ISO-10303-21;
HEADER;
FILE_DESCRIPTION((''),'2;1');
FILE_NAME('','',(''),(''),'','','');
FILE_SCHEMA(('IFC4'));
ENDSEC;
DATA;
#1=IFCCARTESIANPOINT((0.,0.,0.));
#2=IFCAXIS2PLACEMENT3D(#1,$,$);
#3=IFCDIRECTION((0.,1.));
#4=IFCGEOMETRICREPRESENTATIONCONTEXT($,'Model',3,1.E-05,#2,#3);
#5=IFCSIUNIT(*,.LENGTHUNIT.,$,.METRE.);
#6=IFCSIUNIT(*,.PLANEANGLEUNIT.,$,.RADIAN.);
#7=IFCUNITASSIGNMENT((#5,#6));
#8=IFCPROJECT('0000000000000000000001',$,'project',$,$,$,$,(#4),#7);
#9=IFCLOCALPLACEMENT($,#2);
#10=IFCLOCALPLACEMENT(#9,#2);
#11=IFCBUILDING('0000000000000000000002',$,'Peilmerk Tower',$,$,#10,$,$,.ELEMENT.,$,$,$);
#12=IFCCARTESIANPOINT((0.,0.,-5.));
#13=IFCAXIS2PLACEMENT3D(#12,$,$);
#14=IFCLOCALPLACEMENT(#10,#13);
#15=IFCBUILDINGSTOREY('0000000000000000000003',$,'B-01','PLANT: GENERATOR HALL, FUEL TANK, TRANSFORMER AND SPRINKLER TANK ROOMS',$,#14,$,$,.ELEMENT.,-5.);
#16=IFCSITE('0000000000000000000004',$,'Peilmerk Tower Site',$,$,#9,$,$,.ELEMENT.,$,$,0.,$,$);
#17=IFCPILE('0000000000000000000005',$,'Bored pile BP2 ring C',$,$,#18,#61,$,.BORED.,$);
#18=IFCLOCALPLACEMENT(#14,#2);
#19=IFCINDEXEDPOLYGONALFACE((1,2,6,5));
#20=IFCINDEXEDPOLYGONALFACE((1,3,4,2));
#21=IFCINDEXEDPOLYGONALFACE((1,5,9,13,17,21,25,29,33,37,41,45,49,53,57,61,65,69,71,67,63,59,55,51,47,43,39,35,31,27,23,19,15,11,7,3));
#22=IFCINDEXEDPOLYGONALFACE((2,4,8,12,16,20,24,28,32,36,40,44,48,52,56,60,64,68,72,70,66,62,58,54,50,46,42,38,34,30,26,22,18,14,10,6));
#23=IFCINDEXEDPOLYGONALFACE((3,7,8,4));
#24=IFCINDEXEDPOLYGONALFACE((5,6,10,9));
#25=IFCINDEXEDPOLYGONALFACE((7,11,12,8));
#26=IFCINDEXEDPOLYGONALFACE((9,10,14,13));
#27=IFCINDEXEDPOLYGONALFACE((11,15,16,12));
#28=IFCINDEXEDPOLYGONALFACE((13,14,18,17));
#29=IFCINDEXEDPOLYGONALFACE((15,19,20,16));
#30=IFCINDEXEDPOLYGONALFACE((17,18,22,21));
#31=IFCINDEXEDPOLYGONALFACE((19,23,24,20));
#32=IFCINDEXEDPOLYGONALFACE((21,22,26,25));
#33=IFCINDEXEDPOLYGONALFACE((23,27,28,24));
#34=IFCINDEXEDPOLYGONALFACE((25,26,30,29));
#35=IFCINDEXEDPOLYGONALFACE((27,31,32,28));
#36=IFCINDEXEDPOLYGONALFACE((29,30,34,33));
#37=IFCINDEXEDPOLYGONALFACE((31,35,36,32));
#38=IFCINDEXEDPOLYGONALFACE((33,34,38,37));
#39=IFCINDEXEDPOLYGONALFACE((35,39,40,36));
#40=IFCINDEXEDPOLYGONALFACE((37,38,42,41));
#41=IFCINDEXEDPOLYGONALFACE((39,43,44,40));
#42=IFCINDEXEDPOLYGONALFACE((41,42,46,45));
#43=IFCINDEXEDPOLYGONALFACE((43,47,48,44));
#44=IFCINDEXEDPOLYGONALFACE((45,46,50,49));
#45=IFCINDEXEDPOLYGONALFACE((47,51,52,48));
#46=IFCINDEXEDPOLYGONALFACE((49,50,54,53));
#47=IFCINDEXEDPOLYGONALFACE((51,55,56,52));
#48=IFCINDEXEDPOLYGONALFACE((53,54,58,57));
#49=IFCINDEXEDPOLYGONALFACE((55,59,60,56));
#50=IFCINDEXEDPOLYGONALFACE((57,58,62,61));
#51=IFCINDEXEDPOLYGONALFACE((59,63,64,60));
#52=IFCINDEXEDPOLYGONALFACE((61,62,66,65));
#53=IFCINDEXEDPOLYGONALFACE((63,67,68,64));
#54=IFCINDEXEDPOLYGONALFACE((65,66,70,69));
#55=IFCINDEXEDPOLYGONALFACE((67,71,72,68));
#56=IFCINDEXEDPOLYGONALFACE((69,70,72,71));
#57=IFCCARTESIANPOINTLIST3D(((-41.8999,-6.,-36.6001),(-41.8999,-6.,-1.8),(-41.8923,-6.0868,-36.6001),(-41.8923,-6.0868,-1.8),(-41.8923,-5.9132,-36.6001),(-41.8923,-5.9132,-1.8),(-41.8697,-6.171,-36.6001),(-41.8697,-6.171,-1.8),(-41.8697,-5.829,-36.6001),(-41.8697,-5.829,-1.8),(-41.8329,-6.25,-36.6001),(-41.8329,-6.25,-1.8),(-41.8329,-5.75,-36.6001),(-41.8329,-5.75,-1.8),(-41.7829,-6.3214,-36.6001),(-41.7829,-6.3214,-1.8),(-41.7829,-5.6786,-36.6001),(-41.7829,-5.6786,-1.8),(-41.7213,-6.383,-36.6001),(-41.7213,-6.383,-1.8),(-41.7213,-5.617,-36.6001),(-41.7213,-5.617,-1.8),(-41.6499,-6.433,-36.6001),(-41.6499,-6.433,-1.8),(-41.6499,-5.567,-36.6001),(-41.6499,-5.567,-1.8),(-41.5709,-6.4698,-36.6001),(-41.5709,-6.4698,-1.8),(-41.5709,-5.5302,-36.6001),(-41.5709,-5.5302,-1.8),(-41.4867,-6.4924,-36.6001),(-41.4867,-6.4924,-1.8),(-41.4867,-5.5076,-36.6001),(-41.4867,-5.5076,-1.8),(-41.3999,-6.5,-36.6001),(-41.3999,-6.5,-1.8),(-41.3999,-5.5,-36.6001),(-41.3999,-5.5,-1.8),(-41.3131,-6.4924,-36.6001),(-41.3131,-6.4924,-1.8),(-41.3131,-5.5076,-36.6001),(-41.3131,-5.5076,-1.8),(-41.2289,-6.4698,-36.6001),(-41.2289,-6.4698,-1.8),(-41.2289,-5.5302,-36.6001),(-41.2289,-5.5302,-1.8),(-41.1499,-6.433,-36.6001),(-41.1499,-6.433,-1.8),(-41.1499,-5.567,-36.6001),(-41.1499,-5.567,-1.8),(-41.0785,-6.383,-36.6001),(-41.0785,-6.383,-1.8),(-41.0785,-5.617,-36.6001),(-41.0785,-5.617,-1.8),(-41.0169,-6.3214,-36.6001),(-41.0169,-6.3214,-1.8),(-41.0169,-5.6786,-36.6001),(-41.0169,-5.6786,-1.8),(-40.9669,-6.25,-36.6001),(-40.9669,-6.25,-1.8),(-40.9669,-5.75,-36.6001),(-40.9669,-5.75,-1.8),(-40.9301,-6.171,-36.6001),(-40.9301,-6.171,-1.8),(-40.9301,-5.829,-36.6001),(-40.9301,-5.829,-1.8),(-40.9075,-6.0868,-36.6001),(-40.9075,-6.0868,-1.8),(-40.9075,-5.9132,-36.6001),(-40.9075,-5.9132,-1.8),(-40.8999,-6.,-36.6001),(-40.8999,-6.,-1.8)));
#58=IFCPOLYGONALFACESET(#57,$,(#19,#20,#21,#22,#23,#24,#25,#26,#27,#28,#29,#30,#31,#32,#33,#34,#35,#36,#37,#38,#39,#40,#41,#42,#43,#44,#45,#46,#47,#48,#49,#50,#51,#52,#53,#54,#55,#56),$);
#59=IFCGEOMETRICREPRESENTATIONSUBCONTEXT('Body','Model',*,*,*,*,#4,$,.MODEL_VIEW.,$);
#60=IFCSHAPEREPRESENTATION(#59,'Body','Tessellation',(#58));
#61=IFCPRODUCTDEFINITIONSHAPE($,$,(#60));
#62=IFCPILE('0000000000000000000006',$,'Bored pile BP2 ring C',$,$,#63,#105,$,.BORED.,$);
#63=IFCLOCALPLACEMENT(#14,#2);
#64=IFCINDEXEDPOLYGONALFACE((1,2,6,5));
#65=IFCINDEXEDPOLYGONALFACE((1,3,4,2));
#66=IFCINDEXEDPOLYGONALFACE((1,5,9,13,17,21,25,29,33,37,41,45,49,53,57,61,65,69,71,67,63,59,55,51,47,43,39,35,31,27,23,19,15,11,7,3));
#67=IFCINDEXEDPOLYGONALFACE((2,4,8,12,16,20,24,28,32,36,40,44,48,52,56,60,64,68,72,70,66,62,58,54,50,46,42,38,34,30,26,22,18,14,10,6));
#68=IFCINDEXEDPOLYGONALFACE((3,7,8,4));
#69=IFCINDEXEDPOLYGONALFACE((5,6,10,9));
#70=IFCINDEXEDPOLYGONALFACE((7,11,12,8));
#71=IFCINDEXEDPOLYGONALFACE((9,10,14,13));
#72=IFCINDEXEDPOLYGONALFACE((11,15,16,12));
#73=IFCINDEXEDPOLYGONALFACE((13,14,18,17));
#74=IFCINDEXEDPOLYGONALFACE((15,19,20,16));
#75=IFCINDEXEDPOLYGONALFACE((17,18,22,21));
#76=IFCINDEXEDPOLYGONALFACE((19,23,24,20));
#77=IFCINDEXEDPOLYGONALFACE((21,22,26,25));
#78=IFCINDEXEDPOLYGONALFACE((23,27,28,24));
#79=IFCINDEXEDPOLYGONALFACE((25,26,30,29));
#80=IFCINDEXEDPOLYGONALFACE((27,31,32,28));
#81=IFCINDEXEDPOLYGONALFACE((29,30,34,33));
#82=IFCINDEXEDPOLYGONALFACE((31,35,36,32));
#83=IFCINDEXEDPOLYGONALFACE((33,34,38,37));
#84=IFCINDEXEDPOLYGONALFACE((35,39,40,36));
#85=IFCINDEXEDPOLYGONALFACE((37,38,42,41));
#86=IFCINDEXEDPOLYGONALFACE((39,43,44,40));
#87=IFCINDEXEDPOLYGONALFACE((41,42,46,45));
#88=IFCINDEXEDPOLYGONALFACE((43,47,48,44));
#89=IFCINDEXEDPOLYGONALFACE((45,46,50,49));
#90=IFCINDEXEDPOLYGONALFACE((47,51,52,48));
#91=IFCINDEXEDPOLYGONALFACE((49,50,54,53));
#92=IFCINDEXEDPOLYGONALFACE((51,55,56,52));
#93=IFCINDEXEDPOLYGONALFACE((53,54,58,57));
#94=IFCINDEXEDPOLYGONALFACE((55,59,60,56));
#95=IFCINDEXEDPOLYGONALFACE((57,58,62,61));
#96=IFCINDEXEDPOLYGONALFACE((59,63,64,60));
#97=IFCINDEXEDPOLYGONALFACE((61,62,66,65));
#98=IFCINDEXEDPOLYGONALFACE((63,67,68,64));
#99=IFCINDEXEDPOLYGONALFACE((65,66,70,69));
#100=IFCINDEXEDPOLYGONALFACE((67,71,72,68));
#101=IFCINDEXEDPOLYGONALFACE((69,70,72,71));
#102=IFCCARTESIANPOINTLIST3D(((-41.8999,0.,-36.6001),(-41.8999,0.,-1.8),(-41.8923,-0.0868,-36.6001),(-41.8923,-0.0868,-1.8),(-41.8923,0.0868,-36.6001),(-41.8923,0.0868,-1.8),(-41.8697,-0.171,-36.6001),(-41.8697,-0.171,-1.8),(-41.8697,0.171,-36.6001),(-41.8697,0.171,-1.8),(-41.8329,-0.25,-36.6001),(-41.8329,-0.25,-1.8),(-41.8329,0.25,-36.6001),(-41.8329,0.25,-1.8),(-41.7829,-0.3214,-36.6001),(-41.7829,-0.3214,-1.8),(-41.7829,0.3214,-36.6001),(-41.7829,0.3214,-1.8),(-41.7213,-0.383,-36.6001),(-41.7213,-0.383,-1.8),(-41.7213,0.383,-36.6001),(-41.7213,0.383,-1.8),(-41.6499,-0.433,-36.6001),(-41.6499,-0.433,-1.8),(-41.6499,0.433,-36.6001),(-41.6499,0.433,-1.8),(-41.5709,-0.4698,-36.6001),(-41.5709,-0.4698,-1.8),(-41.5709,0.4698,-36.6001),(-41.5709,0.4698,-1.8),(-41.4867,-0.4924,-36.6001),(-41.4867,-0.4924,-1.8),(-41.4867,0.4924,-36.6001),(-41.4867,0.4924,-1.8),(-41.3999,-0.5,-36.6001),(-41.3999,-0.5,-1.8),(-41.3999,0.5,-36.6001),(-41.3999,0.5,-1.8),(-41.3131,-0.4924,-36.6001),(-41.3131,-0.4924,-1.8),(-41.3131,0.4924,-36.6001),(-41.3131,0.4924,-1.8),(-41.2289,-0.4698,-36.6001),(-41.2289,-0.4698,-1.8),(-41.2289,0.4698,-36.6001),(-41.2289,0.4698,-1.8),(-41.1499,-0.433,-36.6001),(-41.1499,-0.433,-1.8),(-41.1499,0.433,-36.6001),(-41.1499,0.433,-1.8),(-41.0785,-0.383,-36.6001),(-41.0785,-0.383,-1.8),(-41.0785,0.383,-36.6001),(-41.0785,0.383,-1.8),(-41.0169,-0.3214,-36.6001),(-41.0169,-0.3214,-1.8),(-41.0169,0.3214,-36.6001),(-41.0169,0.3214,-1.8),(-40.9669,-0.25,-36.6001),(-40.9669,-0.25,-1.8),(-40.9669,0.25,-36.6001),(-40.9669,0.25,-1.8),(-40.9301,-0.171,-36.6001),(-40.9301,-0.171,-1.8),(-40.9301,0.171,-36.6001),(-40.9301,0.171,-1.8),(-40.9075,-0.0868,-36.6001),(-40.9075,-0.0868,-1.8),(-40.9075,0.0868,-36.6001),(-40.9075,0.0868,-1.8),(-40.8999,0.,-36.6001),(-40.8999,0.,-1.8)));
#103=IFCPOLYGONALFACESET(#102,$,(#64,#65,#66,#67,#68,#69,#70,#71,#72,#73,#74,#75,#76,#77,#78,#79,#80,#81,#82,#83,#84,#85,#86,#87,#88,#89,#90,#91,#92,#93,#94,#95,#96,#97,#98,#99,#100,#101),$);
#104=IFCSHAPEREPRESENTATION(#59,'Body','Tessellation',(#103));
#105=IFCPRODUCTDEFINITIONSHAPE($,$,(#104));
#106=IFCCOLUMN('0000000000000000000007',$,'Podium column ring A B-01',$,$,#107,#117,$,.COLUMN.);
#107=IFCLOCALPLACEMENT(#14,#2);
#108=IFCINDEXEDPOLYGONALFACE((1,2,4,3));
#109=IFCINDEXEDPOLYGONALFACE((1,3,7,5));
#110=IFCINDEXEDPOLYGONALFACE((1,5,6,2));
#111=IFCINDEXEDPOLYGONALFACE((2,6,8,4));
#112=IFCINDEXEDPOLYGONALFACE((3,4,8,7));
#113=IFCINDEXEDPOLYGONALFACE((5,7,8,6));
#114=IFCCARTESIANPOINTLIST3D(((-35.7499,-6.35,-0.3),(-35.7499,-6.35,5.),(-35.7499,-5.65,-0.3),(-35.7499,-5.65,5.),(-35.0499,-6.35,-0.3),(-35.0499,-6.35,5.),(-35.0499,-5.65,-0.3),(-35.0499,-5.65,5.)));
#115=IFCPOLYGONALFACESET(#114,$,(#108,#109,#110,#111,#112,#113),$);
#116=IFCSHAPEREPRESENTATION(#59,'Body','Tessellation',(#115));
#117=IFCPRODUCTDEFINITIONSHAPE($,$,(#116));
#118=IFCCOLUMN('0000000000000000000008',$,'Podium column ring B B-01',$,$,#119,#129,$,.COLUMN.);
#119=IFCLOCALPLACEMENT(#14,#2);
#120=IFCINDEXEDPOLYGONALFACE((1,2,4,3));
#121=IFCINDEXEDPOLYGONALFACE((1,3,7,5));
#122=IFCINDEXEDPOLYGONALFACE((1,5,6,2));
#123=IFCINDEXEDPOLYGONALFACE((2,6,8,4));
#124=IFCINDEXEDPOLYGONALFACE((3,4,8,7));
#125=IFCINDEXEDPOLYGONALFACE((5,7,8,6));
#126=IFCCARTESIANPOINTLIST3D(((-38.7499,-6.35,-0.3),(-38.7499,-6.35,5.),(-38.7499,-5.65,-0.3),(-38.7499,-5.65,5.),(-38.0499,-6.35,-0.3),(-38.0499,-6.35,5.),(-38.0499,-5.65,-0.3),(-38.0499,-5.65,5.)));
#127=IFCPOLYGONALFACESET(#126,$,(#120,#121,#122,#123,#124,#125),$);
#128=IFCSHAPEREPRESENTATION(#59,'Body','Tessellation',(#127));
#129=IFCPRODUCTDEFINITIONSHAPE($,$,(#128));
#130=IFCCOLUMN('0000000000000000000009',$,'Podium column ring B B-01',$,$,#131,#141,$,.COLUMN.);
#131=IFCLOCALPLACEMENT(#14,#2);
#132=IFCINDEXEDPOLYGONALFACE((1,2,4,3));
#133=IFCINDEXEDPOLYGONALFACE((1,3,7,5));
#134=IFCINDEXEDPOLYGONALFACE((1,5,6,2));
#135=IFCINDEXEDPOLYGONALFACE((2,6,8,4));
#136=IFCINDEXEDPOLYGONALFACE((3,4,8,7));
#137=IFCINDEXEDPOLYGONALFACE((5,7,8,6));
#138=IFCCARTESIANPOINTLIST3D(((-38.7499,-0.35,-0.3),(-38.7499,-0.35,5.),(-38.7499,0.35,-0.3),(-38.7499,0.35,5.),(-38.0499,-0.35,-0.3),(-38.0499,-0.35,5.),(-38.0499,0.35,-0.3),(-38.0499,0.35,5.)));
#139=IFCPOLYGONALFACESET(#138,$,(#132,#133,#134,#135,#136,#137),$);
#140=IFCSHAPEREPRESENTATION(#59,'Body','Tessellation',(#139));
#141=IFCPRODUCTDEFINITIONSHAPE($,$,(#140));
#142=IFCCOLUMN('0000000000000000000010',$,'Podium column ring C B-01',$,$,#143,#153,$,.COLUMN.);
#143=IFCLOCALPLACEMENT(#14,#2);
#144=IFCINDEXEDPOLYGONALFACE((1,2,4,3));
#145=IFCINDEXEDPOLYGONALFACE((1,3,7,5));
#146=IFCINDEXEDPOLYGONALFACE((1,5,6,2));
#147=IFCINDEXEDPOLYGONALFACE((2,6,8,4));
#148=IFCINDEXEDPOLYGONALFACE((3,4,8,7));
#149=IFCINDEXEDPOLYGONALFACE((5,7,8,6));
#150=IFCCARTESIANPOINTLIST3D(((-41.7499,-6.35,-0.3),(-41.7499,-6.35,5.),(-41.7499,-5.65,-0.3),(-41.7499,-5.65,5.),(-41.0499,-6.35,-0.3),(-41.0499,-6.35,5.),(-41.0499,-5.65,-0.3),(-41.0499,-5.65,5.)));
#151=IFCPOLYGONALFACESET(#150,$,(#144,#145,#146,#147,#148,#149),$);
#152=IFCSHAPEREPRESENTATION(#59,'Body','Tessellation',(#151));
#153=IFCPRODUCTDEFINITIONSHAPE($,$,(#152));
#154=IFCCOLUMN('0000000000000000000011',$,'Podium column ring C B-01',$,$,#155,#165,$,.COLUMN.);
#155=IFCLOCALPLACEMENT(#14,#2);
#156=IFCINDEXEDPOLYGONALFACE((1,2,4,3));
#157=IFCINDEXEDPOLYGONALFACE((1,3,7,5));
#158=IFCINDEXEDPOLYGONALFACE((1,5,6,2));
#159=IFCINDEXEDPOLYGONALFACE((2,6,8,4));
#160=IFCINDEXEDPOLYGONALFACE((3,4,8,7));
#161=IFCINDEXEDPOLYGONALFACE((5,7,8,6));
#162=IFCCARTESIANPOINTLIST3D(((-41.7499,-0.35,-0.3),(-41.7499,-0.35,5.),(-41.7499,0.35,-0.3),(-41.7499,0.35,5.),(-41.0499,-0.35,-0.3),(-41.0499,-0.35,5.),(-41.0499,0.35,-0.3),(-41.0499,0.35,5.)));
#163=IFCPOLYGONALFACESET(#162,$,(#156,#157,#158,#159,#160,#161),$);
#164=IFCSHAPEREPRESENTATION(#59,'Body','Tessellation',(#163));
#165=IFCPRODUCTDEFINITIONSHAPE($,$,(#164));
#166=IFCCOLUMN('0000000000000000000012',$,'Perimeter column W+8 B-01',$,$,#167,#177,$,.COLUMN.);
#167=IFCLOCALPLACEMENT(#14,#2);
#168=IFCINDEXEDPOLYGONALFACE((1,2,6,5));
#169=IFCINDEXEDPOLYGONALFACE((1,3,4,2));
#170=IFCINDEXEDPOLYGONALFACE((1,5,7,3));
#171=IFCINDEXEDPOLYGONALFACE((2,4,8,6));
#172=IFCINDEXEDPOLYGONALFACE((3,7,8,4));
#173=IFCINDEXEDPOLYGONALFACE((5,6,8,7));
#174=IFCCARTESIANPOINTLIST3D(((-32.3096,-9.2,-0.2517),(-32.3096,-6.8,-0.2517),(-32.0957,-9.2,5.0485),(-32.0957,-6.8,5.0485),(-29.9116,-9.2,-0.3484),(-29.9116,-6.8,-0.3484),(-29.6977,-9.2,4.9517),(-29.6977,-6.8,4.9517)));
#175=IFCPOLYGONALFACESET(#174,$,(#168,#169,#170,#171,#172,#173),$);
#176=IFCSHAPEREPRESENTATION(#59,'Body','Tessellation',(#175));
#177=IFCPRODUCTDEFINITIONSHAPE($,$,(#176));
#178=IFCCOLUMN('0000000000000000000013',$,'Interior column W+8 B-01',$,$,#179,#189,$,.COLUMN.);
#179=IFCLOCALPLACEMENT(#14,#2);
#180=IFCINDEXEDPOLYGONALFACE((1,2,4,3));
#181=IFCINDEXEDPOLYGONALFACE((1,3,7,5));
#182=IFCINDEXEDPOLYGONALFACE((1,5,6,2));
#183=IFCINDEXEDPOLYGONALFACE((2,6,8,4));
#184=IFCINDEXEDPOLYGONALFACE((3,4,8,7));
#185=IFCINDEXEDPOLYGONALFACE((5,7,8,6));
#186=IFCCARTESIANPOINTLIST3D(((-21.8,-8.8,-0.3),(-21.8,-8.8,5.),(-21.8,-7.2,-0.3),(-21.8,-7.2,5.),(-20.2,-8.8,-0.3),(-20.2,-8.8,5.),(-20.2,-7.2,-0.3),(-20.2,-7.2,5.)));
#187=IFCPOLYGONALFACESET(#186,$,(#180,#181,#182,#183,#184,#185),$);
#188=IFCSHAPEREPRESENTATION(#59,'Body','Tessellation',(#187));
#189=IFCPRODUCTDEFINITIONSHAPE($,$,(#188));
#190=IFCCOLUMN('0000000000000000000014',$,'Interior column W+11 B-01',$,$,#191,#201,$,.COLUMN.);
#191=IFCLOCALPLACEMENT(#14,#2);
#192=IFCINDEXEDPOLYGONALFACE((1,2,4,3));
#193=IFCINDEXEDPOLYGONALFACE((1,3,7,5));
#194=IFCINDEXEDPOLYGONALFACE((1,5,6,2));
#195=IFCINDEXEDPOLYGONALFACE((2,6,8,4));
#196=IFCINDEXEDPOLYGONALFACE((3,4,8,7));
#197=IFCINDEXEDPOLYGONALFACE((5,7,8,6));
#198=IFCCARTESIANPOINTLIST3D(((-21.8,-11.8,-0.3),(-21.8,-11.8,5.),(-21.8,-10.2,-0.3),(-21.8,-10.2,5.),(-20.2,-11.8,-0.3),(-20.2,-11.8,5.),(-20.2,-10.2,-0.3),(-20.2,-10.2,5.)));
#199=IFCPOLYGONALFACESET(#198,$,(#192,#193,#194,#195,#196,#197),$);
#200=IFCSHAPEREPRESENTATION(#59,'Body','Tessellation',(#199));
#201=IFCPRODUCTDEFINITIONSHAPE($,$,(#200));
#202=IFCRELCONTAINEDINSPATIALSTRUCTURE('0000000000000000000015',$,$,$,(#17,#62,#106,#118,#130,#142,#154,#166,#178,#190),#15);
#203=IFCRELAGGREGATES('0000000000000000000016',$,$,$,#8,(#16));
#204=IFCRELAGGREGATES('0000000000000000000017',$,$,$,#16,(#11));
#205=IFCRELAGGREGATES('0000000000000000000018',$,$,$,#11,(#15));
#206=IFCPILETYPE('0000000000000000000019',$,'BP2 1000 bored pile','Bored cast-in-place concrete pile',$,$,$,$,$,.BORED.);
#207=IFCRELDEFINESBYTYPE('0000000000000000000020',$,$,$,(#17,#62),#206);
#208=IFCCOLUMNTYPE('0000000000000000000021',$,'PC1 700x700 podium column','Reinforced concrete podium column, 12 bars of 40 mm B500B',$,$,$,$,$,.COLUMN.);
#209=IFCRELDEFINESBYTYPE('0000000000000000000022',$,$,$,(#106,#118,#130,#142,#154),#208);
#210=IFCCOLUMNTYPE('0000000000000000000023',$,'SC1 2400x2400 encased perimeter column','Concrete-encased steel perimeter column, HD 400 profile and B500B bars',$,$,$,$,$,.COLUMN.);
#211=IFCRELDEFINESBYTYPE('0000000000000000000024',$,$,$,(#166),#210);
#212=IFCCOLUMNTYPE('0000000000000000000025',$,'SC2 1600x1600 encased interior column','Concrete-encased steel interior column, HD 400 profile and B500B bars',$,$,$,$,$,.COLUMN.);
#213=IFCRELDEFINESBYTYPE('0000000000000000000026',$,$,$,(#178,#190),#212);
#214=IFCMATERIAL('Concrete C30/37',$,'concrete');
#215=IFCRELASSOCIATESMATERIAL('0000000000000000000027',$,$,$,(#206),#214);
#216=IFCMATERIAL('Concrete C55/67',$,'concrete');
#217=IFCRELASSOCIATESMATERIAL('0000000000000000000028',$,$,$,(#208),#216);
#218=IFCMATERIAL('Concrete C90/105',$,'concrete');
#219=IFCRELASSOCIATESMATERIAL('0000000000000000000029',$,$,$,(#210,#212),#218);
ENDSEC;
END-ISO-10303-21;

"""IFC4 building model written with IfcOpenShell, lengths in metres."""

from ifc_helpers import new_model, si_unit, direction, frame, origin, origin_2d, place, context, subcontext, project, spatial, rectangle, circle, extrude, material, material_profile, profile_set, type_object, element, save


model = new_model("IFC4")

# Units and contexts
model_context = context("Model", 3, precision=1e-05, world=origin(), true_north=direction((0.0, 1.0)))
body_context = subcontext(model_context, "Body", "Model", "MODEL_VIEW")
ifc_project = project(units=[si_unit("LENGTHUNIT", "METRE"), si_unit("PLANEANGLEUNIT", "RADIAN")], contexts=[model_context])

# Site, building, storey
site_placement = place(None, origin())
site = spatial("IfcSite", under=ifc_project, at=site_placement, Name="Peilmerk Tower Site", CompositionType="ELEMENT", RefElevation=0.0)
building_placement = place(site_placement, origin())
building = spatial("IfcBuilding", under=site, at=building_placement, Name="Peilmerk Tower", CompositionType="ELEMENT")
storey_placement = place(building_placement, frame((0.0, 0.0, -5.0)))
storey = spatial("IfcBuildingStorey", under=building, at=storey_placement, Name="B-01", Description="PLANT: GENERATOR HALL, FUEL TANK, TRANSFORMER AND SPRINKLER TANK ROOMS", CompositionType="ELEMENT", Elevation=-5.0)

# Piles
ifc_material_1 = material(Name="Concrete C30/37", Category="concrete")
ifc_material_profile_1 = material_profile(ifc_material_1, circle(Radius=0.5, at=origin_2d()), Name="BP 1000")
ifc_profile_set_1 = profile_set([ifc_material_profile_1], Name="Concrete C30/37")
pile_type_1 = type_object("IfcPileType", Name="BP2 1000 bored pile", Description="Bored cast-in-place concrete pile", PredefinedType="BORED", material=ifc_profile_set_1)
for number, where, z_axis, x_axis, name in (
    (1, (-41.3999, -6.0, -1.8), (0.0, 0.0, -1.0), (1.0, 0.0, 0.0), "Bored pile BP2 ring C"),
    (2, (-41.3999, 0.0, -1.8), (0.0, 0.0, -1.0), (1.0, 0.0, 0.0), "Bored pile BP2 ring C"),
):
    element("IfcPile", number, at=place(storey_placement, frame(where, z_axis=z_axis, x_axis=x_axis)), inside=storey, type_object=pile_type_1, Name=name, PredefinedType="BORED", context=body_context, shape_type="SweptSolid", body=[
        extrude(circle(Radius=0.5, at=origin_2d()), origin(), (0.0, 0.0, 1.0), 34.8),
    ])

# Columns
ifc_material_2 = material(Name="Concrete C55/67", Category="concrete")
ifc_material_profile_2 = material_profile(ifc_material_2, rectangle(XDim=0.7, YDim=0.7, at=origin_2d()), Name="RC 700x700")
ifc_profile_set_2 = profile_set([ifc_material_profile_2], Name="Concrete C55/67")
column_type_1 = type_object("IfcColumnType", Name="PC1 700x700 podium column", Description="Reinforced concrete podium column, 12 bars of 40 mm B500B", PredefinedType="COLUMN", material=ifc_profile_set_2)
for number, where, z_axis, x_axis, name in (
    (3, (-35.3999, -6.0, -0.3), (0.0, 0.0, 1.0), (1.0, 0.0, 0.0), "Podium column ring A B-01"),
    (4, (-38.3999, -6.0, -0.3), (0.0, 0.0, 1.0), (1.0, 0.0, 0.0), "Podium column ring B B-01"),
    (5, (-38.3999, 0.0, -0.3), (0.0, 0.0, 1.0), (1.0, 0.0, 0.0), "Podium column ring B B-01"),
    (6, (-41.3999, -6.0, -0.3), (0.0, 0.0, 1.0), (1.0, 0.0, 0.0), "Podium column ring C B-01"),
    (7, (-41.3999, 0.0, -0.3), (0.0, 0.0, 1.0), (1.0, 0.0, 0.0), "Podium column ring C B-01"),
):
    element("IfcColumn", number, at=place(storey_placement, frame(where, z_axis=z_axis, x_axis=x_axis)), inside=storey, type_object=column_type_1, Name=name, PredefinedType="COLUMN", context=body_context, shape_type="SweptSolid", body=[
        extrude(rectangle(XDim=0.7, YDim=0.7, at=origin_2d()), origin(), (0.0, 0.0, 1.0), 5.3),
    ])
ifc_material_3 = material(Name="Concrete C90/105", Category="concrete")
ifc_material_profile_3 = material_profile(ifc_material_3, rectangle(XDim=2.3999, YDim=2.3999, at=origin_2d()), Name="RC 2400x2400")
ifc_profile_set_3 = profile_set([ifc_material_profile_3], Name="Concrete C90/105")
column_type_2 = type_object("IfcColumnType", Name="SC1 2400x2400 encased perimeter column", Description="Concrete-encased steel perimeter column, HD 400 profile and B500B bars", PredefinedType="COLUMN", material=ifc_profile_set_3)
column_placement = place(storey_placement, frame((-31.1106, -8.0, -0.3), z_axis=(0.040319, 0.0, 0.999187), x_axis=(0.0, 1.0, 0.0)))
element("IfcColumn", 8, at=column_placement, inside=storey, type_object=column_type_2, Name="Perimeter column W+8 B-01", PredefinedType="COLUMN", context=body_context, shape_type="SweptSolid", body=[
    extrude(rectangle(XDim=2.3999, YDim=2.3999, at=origin_2d()), origin(), (0.0, 0.0, 1.0), 5.3044),
])
ifc_material_profile_4 = material_profile(ifc_material_3, rectangle(XDim=1.6001, YDim=1.6001, at=origin_2d()), Name="RC 1600x1600")
ifc_profile_set_4 = profile_set([ifc_material_profile_4], Name="Concrete C90/105")
column_type_3 = type_object("IfcColumnType", Name="SC2 1600x1600 encased interior column", Description="Concrete-encased steel interior column, HD 400 profile and B500B bars", PredefinedType="COLUMN", material=ifc_profile_set_4)
for number, where, z_axis, x_axis, name in (
    (9, (-21.0, -8.0, -0.3), (0.0, 0.0, 1.0), (1.0, 0.0, 0.0), "Interior column W+8 B-01"),
    (10, (-21.0, -11.0, -0.3), (0.0, 0.0, 1.0), (1.0, 0.0, 0.0), "Interior column W+11 B-01"),
):
    element("IfcColumn", number, at=place(storey_placement, frame(where, z_axis=z_axis, x_axis=x_axis)), inside=storey, type_object=column_type_3, Name=name, PredefinedType="COLUMN", context=body_context, shape_type="SweptSolid", body=[
        extrude(rectangle(XDim=1.6001, YDim=1.6001, at=origin_2d()), origin(), (0.0, 0.0, 1.0), 5.3),
    ])

save(model, "model.ifc")
